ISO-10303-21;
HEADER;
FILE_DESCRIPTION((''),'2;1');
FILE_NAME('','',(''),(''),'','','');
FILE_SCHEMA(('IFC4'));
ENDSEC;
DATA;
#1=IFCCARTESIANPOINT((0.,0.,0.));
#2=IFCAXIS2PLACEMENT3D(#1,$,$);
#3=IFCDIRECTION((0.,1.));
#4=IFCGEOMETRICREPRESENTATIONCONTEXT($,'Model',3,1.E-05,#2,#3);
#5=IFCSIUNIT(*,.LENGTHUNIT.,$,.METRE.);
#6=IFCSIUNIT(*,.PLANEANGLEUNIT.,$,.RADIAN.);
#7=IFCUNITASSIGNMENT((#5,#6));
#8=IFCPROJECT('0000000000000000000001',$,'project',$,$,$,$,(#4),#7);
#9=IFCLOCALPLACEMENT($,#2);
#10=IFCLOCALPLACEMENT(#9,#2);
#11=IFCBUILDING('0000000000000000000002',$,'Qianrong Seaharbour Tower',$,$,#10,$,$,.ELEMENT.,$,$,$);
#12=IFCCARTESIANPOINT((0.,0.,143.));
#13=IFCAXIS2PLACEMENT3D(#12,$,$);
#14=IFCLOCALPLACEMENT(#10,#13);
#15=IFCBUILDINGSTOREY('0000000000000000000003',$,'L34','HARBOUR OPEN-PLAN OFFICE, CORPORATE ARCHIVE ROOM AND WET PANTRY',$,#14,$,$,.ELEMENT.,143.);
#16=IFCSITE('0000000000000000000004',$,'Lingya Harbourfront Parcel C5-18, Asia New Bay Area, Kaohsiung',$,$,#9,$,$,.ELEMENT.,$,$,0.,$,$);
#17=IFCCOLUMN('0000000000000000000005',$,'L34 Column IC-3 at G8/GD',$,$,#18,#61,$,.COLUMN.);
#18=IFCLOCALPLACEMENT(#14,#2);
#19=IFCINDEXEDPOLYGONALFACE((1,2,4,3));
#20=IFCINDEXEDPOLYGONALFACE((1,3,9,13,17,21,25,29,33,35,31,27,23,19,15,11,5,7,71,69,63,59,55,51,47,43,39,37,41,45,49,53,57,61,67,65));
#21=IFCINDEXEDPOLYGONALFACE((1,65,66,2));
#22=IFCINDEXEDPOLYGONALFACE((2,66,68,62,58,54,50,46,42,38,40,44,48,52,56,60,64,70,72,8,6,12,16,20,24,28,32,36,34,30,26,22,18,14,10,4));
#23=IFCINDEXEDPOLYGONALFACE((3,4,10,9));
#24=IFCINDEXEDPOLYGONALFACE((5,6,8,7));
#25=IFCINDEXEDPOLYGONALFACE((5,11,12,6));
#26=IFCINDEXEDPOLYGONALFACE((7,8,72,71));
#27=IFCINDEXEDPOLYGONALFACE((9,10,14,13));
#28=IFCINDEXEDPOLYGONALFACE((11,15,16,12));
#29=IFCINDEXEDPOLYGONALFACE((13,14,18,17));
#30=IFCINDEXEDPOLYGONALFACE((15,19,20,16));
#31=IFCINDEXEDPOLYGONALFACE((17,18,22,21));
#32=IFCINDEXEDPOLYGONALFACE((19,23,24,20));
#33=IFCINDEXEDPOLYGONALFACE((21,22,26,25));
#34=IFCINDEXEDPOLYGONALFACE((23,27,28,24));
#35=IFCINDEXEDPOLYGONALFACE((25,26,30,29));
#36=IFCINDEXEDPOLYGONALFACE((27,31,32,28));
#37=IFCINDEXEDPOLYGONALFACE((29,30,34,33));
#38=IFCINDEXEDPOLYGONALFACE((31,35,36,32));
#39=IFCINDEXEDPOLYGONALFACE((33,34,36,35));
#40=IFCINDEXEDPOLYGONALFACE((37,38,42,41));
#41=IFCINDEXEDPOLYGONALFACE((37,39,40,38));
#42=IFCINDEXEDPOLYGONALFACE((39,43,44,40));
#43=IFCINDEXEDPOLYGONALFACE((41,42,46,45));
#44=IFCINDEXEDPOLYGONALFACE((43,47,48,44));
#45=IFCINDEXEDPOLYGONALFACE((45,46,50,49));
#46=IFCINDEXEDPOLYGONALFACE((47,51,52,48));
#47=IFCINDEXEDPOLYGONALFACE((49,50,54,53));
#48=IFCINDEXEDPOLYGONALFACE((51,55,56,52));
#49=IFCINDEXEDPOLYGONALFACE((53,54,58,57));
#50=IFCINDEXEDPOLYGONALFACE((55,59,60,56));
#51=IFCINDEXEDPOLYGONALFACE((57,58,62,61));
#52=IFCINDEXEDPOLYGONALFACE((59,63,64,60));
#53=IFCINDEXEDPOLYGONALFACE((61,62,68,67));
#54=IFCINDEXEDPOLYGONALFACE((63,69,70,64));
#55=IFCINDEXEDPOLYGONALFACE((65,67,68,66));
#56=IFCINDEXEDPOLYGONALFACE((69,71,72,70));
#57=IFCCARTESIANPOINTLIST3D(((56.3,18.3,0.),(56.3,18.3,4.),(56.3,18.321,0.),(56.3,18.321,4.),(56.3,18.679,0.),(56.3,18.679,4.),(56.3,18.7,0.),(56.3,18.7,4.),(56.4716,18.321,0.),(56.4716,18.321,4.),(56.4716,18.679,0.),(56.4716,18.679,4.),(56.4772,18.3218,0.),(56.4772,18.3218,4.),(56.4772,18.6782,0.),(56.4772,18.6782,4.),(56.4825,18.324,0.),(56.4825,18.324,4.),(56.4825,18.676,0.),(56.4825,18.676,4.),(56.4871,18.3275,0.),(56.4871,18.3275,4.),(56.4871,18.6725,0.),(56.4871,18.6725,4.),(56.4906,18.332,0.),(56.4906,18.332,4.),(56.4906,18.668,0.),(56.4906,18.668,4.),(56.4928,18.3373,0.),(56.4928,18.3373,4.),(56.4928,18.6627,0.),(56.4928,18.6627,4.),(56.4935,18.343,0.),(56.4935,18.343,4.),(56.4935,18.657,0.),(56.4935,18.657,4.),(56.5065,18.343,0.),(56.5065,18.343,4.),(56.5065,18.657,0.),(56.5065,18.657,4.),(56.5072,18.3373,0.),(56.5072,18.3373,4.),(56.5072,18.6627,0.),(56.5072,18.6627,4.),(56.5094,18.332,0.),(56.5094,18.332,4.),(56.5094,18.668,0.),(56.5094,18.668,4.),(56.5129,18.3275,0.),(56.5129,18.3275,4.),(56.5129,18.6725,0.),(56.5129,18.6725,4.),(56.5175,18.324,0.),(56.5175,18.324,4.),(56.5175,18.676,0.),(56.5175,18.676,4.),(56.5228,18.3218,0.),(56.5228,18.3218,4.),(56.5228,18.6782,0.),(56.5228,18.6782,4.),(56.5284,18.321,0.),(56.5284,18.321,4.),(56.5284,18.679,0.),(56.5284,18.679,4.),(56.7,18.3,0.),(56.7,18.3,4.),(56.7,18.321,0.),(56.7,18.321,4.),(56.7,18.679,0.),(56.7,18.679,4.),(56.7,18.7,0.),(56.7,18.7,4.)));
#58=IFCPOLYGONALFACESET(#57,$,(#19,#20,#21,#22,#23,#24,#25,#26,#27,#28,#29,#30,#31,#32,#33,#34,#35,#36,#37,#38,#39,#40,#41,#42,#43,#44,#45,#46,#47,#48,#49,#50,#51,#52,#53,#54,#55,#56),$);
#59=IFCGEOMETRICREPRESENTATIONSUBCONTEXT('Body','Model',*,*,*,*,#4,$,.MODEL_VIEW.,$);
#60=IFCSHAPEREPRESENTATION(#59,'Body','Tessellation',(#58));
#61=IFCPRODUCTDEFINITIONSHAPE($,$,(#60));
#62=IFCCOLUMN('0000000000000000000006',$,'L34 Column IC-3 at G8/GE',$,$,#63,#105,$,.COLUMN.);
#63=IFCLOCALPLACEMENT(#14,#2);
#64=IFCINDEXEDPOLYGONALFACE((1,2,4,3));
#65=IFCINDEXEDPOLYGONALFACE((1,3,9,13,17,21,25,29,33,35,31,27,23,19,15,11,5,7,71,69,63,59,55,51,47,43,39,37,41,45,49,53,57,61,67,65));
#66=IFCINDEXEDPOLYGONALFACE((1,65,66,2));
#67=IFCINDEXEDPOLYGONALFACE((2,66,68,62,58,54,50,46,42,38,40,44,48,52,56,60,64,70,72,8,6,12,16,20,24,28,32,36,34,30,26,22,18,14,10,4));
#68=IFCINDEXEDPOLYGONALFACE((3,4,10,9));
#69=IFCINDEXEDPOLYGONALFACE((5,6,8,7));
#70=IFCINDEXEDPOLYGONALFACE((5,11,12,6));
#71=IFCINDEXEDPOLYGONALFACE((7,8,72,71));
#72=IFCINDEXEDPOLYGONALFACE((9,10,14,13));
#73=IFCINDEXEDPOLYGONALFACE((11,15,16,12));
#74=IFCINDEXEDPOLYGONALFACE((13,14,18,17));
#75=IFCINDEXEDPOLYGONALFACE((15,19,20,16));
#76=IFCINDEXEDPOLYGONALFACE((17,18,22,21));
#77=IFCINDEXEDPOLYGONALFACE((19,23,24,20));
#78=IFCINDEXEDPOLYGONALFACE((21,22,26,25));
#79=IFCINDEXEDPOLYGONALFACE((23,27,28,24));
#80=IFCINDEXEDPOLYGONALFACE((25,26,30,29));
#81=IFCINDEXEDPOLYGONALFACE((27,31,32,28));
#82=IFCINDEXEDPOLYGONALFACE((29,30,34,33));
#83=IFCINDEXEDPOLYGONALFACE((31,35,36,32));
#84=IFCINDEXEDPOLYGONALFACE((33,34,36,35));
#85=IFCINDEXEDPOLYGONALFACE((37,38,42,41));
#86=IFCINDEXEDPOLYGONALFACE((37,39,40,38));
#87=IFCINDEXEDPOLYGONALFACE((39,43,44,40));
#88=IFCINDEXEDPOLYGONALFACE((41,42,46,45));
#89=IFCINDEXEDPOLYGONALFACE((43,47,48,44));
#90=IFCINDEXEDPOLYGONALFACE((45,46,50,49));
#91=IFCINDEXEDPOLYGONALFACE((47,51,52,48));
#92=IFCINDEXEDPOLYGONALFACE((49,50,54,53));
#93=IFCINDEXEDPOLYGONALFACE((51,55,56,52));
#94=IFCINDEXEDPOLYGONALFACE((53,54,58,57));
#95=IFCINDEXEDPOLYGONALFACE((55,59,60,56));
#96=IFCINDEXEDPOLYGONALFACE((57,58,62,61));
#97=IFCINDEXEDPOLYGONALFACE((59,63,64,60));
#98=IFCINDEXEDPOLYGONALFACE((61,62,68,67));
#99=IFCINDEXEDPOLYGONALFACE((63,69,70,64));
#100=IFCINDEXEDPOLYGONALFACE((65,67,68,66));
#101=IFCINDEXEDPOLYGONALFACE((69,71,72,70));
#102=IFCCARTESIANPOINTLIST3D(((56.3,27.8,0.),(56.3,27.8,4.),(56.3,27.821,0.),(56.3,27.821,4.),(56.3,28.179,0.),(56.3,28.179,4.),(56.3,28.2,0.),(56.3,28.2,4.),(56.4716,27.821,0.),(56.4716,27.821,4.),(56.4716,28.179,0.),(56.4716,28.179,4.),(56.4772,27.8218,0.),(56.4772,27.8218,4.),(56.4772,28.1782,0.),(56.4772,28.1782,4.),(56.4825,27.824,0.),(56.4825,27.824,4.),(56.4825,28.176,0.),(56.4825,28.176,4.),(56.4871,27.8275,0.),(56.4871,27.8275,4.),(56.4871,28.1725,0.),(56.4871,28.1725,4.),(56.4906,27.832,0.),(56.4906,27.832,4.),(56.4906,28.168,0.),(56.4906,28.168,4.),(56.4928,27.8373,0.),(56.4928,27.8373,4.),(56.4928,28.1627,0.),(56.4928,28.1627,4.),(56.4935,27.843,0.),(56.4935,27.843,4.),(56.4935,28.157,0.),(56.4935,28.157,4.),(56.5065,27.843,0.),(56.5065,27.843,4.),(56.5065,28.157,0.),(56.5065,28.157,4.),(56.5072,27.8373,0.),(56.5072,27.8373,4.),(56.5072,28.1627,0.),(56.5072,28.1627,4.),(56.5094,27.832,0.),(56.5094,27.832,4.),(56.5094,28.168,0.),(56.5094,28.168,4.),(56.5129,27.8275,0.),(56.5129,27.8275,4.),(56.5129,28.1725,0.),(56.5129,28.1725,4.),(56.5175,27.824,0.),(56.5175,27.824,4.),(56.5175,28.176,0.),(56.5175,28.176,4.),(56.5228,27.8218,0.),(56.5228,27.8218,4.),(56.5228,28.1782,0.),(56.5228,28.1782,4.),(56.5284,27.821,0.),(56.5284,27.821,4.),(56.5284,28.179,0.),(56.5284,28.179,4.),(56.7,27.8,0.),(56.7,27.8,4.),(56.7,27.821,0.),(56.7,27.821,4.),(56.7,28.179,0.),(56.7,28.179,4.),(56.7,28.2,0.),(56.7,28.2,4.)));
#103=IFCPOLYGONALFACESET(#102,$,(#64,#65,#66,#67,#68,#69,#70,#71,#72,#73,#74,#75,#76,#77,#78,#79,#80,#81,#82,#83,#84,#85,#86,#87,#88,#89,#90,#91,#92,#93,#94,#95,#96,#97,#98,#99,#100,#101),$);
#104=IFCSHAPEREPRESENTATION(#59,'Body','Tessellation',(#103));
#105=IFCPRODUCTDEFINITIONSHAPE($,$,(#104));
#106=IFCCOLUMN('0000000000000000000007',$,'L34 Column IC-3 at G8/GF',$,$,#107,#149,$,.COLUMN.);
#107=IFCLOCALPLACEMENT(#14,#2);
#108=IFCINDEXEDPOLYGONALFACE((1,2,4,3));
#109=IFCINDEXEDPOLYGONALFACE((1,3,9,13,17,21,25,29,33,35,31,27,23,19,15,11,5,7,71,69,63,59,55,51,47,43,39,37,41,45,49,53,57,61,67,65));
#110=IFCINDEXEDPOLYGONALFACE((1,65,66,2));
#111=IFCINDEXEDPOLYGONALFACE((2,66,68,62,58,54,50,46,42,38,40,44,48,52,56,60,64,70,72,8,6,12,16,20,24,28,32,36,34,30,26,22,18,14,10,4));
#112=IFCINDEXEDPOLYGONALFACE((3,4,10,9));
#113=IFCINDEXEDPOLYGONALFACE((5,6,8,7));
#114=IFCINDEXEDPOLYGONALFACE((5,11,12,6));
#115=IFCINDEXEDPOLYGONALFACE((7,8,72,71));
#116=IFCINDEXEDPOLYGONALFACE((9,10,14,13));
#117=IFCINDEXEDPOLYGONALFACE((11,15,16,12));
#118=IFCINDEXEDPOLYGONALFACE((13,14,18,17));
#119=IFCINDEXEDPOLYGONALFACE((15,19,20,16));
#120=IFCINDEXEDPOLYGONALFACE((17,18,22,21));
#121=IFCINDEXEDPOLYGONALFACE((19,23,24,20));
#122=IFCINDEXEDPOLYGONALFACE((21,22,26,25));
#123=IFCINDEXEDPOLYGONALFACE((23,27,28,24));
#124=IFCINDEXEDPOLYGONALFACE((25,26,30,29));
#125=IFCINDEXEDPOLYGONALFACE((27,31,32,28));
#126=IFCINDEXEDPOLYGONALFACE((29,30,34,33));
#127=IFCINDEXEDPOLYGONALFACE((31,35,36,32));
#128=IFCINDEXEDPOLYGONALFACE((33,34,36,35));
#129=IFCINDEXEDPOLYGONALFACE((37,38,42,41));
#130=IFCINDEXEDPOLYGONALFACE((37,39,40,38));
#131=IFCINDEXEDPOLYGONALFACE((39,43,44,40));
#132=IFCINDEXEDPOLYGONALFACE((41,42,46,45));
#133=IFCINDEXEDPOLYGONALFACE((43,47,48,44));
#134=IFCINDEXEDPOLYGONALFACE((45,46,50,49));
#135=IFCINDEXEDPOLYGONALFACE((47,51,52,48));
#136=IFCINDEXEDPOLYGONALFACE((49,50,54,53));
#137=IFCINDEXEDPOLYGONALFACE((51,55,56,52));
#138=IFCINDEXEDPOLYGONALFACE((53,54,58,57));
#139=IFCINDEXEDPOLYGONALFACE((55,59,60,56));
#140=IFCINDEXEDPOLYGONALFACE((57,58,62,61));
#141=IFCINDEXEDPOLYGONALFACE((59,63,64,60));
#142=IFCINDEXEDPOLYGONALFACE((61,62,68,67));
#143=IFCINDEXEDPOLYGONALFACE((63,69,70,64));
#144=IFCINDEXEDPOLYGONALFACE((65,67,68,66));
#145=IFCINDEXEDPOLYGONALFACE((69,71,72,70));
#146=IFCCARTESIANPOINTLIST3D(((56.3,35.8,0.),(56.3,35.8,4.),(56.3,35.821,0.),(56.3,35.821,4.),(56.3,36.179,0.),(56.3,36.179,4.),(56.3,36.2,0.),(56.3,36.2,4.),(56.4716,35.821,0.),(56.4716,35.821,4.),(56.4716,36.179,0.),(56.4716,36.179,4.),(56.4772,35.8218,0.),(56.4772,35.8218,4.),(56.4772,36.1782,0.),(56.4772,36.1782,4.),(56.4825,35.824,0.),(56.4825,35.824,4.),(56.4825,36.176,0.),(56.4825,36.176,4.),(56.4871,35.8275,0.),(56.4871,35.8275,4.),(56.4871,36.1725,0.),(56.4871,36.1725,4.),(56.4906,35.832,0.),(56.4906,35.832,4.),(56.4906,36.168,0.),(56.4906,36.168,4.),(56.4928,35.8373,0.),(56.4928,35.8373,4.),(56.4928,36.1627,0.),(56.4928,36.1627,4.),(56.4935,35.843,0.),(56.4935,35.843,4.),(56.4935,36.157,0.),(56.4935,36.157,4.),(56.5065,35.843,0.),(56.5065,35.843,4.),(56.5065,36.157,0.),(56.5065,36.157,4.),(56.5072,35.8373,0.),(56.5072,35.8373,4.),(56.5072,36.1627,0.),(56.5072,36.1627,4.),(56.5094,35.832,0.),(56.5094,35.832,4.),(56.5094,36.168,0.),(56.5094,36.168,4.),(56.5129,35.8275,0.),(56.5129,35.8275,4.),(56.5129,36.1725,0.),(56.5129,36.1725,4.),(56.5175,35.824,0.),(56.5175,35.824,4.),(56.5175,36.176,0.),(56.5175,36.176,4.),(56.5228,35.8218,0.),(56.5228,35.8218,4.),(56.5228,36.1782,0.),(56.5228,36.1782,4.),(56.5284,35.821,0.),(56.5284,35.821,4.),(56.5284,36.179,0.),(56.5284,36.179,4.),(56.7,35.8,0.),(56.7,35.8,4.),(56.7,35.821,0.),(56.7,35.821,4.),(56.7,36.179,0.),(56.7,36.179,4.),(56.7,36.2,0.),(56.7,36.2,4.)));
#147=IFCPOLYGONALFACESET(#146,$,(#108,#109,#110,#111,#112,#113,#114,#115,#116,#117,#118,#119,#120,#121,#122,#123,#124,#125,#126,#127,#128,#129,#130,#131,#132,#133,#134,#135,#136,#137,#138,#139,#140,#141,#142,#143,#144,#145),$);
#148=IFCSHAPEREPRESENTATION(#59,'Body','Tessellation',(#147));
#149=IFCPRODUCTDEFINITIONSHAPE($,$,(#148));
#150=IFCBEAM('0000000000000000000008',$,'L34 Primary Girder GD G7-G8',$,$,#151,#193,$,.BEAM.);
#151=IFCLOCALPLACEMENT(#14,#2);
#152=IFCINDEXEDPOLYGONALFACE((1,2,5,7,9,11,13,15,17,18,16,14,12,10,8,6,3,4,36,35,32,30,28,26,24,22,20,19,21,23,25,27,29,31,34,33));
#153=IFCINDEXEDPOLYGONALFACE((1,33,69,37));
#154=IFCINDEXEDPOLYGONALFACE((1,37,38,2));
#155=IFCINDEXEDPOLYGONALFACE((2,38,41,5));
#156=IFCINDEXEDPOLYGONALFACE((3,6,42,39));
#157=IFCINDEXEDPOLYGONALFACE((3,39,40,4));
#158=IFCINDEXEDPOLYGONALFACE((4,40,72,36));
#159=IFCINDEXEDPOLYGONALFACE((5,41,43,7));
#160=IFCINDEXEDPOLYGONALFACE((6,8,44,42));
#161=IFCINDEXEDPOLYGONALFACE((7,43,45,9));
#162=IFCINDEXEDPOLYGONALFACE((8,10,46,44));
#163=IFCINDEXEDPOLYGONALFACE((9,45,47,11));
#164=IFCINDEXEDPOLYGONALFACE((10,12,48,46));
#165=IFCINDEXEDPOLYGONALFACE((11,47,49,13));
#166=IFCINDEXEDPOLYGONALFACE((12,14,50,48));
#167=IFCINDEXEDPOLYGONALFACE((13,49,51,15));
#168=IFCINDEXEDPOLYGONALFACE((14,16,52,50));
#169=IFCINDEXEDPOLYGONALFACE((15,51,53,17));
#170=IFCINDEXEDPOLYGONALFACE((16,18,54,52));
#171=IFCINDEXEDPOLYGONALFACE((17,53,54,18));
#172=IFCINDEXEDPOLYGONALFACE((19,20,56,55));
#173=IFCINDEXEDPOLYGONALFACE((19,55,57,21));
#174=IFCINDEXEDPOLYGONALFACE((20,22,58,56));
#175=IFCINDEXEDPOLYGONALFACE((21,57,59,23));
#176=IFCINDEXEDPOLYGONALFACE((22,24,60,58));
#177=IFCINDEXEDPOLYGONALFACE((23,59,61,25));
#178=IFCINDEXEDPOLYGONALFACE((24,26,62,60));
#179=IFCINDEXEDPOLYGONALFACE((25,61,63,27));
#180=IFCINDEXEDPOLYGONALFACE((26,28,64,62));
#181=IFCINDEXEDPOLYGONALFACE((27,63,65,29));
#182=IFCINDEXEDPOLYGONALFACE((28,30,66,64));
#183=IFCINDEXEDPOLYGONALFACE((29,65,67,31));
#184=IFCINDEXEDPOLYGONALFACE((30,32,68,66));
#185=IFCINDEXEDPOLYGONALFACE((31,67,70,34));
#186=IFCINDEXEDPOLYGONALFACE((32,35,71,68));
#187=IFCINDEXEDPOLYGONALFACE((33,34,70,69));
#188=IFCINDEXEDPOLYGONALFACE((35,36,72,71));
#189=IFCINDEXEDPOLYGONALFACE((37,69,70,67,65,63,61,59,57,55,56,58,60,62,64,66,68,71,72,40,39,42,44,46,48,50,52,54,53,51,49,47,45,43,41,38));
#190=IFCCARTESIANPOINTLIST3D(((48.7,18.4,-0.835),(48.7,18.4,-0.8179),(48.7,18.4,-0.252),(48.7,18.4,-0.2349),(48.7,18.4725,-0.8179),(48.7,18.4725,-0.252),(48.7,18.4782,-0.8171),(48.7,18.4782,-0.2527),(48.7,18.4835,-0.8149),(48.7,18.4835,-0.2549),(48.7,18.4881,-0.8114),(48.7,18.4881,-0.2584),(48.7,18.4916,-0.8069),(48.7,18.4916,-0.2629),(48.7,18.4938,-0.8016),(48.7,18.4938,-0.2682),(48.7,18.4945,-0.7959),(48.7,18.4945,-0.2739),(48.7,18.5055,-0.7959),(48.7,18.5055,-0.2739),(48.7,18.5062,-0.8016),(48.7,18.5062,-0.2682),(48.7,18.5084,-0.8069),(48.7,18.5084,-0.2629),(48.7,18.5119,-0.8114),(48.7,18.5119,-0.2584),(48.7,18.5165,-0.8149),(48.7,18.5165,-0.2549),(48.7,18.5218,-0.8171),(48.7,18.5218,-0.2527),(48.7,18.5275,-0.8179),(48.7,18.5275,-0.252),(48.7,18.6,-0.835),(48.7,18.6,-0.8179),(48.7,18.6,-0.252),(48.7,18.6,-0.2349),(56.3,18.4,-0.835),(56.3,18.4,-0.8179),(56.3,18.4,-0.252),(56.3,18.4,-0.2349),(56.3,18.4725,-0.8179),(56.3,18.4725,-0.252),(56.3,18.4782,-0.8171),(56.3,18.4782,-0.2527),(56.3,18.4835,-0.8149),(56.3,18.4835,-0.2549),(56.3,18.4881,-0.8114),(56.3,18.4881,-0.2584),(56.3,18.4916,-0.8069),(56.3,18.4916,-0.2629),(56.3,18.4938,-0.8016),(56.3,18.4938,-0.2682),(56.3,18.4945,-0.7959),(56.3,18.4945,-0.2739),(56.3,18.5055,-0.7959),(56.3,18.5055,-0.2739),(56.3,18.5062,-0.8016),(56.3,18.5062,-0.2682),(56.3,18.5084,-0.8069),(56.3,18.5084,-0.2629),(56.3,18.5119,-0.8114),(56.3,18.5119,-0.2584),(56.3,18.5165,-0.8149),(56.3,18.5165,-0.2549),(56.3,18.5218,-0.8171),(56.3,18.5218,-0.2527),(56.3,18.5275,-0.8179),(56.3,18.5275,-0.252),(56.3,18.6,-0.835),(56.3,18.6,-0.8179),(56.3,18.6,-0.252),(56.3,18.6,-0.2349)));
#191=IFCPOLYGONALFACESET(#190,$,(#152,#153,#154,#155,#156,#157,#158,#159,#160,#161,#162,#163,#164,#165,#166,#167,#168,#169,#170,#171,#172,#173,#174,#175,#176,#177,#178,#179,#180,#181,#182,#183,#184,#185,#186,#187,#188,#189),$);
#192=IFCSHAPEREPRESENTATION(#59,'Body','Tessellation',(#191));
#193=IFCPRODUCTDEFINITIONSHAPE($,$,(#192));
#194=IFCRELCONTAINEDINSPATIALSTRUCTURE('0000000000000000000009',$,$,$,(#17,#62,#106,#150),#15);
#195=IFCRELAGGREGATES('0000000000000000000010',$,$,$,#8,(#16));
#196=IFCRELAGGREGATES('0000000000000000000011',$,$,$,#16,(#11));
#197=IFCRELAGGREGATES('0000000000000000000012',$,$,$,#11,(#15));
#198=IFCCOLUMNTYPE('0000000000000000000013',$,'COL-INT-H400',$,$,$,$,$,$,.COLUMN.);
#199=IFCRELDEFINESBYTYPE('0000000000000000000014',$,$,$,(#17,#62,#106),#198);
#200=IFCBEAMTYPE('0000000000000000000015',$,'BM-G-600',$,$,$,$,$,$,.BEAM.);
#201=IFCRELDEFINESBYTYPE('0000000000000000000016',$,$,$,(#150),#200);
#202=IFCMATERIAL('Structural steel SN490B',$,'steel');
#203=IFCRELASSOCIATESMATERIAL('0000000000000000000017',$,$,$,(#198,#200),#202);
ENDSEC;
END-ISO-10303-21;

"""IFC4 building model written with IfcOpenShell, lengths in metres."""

from ifc_helpers import new_model, si_unit, direction, frame, origin, origin_2d, place, context, subcontext, project, spatial, i_section, extrude, material, material_profile, profile_set, type_object, element, save


model = new_model("IFC4")

# Units and contexts
model_context = context("Model", 3, precision=1e-05, world=origin(), true_north=direction((0.0, 1.0)))
body_context = subcontext(model_context, "Body", "Model", "MODEL_VIEW")
ifc_project = project(units=[si_unit("LENGTHUNIT", "METRE"), si_unit("PLANEANGLEUNIT", "RADIAN")], contexts=[model_context])

# Site, building, storey
site_placement = place(None, origin())
site = spatial("IfcSite", under=ifc_project, at=site_placement, Name="Lingya Harbourfront Parcel C5-18, Asia New Bay Area, Kaohsiung", CompositionType="ELEMENT", RefElevation=0.0)
building_placement = place(site_placement, origin())
building = spatial("IfcBuilding", under=site, at=building_placement, Name="Qianrong Seaharbour Tower", CompositionType="ELEMENT")
storey_placement = place(building_placement, frame((0.0, 0.0, 143.0)))
storey = spatial("IfcBuildingStorey", under=building, at=storey_placement, Name="L34", Description="HARBOUR OPEN-PLAN OFFICE, CORPORATE ARCHIVE ROOM AND WET PANTRY", CompositionType="ELEMENT", Elevation=143.0)

# Columns
ifc_material_1 = material(Name="Structural steel SN490B", Category="steel")
ifc_material_profile_1 = material_profile(ifc_material_1, i_section(OverallWidth=0.3999, OverallDepth=0.3999, WebThickness=0.0129, FlangeThickness=0.021, FilletRadius=0.022, at=origin_2d()), Name="H400x400x13x21")
ifc_profile_set_1 = profile_set([ifc_material_profile_1], Name="Structural steel SN490B")
column_type_1 = type_object("IfcColumnType", Name="COL-INT-H400", PredefinedType="COLUMN", material=ifc_profile_set_1)
for number, where, z_axis, x_axis, name in (
    (1, (56.5, 18.5, 0.0), (0.0, 0.0, 1.0), (1.0, 0.0, 0.0), "L34 Column IC-3 at G8/GD"),
    (2, (56.5, 28.0, 0.0), (0.0, 0.0, 1.0), (1.0, 0.0, 0.0), "L34 Column IC-3 at G8/GE"),
    (3, (56.5, 36.0, 0.0), (0.0, 0.0, 1.0), (1.0, 0.0, 0.0), "L34 Column IC-3 at G8/GF"),
):
    element("IfcColumn", number, at=place(storey_placement, frame(where, z_axis=z_axis, x_axis=x_axis)), inside=storey, type_object=column_type_1, Name=name, PredefinedType="COLUMN", context=body_context, shape_type="SweptSolid", body=[
        extrude(i_section(OverallWidth=0.3999, OverallDepth=0.3999, WebThickness=0.0129, FlangeThickness=0.021, FilletRadius=0.022, at=origin_2d()), origin(), (0.0, 0.0, 1.0), 4.0),
    ])

# Beam
ifc_material_profile_2 = material_profile(ifc_material_1, i_section(OverallWidth=0.2, OverallDepth=0.6001, WebThickness=0.011, FlangeThickness=0.0171, FilletRadius=0.022, at=origin_2d()), Name="H600x200x11x17")
ifc_profile_set_2 = profile_set([ifc_material_profile_2], Name="Structural steel SN490B")
beam_type_1 = type_object("IfcBeamType", Name="BM-G-600", PredefinedType="BEAM", material=ifc_profile_set_2)
beam_1_placement = place(storey_placement, frame((48.7, 18.5, -0.5349), z_axis=(1.0, 0.0, 0.0), x_axis=(0.0, 1.0, 0.0)))
element("IfcBeam", 4, at=beam_1_placement, inside=storey, type_object=beam_type_1, Name="L34 Primary Girder GD G7-G8", PredefinedType="BEAM", context=body_context, shape_type="SweptSolid", body=[
    extrude(i_section(OverallWidth=0.2, OverallDepth=0.6001, WebThickness=0.011, FlangeThickness=0.0171, FilletRadius=0.022, at=origin_2d()), origin(), (0.0, 0.0, 1.0), 7.6001),
])

save(model, "model.ifc")
